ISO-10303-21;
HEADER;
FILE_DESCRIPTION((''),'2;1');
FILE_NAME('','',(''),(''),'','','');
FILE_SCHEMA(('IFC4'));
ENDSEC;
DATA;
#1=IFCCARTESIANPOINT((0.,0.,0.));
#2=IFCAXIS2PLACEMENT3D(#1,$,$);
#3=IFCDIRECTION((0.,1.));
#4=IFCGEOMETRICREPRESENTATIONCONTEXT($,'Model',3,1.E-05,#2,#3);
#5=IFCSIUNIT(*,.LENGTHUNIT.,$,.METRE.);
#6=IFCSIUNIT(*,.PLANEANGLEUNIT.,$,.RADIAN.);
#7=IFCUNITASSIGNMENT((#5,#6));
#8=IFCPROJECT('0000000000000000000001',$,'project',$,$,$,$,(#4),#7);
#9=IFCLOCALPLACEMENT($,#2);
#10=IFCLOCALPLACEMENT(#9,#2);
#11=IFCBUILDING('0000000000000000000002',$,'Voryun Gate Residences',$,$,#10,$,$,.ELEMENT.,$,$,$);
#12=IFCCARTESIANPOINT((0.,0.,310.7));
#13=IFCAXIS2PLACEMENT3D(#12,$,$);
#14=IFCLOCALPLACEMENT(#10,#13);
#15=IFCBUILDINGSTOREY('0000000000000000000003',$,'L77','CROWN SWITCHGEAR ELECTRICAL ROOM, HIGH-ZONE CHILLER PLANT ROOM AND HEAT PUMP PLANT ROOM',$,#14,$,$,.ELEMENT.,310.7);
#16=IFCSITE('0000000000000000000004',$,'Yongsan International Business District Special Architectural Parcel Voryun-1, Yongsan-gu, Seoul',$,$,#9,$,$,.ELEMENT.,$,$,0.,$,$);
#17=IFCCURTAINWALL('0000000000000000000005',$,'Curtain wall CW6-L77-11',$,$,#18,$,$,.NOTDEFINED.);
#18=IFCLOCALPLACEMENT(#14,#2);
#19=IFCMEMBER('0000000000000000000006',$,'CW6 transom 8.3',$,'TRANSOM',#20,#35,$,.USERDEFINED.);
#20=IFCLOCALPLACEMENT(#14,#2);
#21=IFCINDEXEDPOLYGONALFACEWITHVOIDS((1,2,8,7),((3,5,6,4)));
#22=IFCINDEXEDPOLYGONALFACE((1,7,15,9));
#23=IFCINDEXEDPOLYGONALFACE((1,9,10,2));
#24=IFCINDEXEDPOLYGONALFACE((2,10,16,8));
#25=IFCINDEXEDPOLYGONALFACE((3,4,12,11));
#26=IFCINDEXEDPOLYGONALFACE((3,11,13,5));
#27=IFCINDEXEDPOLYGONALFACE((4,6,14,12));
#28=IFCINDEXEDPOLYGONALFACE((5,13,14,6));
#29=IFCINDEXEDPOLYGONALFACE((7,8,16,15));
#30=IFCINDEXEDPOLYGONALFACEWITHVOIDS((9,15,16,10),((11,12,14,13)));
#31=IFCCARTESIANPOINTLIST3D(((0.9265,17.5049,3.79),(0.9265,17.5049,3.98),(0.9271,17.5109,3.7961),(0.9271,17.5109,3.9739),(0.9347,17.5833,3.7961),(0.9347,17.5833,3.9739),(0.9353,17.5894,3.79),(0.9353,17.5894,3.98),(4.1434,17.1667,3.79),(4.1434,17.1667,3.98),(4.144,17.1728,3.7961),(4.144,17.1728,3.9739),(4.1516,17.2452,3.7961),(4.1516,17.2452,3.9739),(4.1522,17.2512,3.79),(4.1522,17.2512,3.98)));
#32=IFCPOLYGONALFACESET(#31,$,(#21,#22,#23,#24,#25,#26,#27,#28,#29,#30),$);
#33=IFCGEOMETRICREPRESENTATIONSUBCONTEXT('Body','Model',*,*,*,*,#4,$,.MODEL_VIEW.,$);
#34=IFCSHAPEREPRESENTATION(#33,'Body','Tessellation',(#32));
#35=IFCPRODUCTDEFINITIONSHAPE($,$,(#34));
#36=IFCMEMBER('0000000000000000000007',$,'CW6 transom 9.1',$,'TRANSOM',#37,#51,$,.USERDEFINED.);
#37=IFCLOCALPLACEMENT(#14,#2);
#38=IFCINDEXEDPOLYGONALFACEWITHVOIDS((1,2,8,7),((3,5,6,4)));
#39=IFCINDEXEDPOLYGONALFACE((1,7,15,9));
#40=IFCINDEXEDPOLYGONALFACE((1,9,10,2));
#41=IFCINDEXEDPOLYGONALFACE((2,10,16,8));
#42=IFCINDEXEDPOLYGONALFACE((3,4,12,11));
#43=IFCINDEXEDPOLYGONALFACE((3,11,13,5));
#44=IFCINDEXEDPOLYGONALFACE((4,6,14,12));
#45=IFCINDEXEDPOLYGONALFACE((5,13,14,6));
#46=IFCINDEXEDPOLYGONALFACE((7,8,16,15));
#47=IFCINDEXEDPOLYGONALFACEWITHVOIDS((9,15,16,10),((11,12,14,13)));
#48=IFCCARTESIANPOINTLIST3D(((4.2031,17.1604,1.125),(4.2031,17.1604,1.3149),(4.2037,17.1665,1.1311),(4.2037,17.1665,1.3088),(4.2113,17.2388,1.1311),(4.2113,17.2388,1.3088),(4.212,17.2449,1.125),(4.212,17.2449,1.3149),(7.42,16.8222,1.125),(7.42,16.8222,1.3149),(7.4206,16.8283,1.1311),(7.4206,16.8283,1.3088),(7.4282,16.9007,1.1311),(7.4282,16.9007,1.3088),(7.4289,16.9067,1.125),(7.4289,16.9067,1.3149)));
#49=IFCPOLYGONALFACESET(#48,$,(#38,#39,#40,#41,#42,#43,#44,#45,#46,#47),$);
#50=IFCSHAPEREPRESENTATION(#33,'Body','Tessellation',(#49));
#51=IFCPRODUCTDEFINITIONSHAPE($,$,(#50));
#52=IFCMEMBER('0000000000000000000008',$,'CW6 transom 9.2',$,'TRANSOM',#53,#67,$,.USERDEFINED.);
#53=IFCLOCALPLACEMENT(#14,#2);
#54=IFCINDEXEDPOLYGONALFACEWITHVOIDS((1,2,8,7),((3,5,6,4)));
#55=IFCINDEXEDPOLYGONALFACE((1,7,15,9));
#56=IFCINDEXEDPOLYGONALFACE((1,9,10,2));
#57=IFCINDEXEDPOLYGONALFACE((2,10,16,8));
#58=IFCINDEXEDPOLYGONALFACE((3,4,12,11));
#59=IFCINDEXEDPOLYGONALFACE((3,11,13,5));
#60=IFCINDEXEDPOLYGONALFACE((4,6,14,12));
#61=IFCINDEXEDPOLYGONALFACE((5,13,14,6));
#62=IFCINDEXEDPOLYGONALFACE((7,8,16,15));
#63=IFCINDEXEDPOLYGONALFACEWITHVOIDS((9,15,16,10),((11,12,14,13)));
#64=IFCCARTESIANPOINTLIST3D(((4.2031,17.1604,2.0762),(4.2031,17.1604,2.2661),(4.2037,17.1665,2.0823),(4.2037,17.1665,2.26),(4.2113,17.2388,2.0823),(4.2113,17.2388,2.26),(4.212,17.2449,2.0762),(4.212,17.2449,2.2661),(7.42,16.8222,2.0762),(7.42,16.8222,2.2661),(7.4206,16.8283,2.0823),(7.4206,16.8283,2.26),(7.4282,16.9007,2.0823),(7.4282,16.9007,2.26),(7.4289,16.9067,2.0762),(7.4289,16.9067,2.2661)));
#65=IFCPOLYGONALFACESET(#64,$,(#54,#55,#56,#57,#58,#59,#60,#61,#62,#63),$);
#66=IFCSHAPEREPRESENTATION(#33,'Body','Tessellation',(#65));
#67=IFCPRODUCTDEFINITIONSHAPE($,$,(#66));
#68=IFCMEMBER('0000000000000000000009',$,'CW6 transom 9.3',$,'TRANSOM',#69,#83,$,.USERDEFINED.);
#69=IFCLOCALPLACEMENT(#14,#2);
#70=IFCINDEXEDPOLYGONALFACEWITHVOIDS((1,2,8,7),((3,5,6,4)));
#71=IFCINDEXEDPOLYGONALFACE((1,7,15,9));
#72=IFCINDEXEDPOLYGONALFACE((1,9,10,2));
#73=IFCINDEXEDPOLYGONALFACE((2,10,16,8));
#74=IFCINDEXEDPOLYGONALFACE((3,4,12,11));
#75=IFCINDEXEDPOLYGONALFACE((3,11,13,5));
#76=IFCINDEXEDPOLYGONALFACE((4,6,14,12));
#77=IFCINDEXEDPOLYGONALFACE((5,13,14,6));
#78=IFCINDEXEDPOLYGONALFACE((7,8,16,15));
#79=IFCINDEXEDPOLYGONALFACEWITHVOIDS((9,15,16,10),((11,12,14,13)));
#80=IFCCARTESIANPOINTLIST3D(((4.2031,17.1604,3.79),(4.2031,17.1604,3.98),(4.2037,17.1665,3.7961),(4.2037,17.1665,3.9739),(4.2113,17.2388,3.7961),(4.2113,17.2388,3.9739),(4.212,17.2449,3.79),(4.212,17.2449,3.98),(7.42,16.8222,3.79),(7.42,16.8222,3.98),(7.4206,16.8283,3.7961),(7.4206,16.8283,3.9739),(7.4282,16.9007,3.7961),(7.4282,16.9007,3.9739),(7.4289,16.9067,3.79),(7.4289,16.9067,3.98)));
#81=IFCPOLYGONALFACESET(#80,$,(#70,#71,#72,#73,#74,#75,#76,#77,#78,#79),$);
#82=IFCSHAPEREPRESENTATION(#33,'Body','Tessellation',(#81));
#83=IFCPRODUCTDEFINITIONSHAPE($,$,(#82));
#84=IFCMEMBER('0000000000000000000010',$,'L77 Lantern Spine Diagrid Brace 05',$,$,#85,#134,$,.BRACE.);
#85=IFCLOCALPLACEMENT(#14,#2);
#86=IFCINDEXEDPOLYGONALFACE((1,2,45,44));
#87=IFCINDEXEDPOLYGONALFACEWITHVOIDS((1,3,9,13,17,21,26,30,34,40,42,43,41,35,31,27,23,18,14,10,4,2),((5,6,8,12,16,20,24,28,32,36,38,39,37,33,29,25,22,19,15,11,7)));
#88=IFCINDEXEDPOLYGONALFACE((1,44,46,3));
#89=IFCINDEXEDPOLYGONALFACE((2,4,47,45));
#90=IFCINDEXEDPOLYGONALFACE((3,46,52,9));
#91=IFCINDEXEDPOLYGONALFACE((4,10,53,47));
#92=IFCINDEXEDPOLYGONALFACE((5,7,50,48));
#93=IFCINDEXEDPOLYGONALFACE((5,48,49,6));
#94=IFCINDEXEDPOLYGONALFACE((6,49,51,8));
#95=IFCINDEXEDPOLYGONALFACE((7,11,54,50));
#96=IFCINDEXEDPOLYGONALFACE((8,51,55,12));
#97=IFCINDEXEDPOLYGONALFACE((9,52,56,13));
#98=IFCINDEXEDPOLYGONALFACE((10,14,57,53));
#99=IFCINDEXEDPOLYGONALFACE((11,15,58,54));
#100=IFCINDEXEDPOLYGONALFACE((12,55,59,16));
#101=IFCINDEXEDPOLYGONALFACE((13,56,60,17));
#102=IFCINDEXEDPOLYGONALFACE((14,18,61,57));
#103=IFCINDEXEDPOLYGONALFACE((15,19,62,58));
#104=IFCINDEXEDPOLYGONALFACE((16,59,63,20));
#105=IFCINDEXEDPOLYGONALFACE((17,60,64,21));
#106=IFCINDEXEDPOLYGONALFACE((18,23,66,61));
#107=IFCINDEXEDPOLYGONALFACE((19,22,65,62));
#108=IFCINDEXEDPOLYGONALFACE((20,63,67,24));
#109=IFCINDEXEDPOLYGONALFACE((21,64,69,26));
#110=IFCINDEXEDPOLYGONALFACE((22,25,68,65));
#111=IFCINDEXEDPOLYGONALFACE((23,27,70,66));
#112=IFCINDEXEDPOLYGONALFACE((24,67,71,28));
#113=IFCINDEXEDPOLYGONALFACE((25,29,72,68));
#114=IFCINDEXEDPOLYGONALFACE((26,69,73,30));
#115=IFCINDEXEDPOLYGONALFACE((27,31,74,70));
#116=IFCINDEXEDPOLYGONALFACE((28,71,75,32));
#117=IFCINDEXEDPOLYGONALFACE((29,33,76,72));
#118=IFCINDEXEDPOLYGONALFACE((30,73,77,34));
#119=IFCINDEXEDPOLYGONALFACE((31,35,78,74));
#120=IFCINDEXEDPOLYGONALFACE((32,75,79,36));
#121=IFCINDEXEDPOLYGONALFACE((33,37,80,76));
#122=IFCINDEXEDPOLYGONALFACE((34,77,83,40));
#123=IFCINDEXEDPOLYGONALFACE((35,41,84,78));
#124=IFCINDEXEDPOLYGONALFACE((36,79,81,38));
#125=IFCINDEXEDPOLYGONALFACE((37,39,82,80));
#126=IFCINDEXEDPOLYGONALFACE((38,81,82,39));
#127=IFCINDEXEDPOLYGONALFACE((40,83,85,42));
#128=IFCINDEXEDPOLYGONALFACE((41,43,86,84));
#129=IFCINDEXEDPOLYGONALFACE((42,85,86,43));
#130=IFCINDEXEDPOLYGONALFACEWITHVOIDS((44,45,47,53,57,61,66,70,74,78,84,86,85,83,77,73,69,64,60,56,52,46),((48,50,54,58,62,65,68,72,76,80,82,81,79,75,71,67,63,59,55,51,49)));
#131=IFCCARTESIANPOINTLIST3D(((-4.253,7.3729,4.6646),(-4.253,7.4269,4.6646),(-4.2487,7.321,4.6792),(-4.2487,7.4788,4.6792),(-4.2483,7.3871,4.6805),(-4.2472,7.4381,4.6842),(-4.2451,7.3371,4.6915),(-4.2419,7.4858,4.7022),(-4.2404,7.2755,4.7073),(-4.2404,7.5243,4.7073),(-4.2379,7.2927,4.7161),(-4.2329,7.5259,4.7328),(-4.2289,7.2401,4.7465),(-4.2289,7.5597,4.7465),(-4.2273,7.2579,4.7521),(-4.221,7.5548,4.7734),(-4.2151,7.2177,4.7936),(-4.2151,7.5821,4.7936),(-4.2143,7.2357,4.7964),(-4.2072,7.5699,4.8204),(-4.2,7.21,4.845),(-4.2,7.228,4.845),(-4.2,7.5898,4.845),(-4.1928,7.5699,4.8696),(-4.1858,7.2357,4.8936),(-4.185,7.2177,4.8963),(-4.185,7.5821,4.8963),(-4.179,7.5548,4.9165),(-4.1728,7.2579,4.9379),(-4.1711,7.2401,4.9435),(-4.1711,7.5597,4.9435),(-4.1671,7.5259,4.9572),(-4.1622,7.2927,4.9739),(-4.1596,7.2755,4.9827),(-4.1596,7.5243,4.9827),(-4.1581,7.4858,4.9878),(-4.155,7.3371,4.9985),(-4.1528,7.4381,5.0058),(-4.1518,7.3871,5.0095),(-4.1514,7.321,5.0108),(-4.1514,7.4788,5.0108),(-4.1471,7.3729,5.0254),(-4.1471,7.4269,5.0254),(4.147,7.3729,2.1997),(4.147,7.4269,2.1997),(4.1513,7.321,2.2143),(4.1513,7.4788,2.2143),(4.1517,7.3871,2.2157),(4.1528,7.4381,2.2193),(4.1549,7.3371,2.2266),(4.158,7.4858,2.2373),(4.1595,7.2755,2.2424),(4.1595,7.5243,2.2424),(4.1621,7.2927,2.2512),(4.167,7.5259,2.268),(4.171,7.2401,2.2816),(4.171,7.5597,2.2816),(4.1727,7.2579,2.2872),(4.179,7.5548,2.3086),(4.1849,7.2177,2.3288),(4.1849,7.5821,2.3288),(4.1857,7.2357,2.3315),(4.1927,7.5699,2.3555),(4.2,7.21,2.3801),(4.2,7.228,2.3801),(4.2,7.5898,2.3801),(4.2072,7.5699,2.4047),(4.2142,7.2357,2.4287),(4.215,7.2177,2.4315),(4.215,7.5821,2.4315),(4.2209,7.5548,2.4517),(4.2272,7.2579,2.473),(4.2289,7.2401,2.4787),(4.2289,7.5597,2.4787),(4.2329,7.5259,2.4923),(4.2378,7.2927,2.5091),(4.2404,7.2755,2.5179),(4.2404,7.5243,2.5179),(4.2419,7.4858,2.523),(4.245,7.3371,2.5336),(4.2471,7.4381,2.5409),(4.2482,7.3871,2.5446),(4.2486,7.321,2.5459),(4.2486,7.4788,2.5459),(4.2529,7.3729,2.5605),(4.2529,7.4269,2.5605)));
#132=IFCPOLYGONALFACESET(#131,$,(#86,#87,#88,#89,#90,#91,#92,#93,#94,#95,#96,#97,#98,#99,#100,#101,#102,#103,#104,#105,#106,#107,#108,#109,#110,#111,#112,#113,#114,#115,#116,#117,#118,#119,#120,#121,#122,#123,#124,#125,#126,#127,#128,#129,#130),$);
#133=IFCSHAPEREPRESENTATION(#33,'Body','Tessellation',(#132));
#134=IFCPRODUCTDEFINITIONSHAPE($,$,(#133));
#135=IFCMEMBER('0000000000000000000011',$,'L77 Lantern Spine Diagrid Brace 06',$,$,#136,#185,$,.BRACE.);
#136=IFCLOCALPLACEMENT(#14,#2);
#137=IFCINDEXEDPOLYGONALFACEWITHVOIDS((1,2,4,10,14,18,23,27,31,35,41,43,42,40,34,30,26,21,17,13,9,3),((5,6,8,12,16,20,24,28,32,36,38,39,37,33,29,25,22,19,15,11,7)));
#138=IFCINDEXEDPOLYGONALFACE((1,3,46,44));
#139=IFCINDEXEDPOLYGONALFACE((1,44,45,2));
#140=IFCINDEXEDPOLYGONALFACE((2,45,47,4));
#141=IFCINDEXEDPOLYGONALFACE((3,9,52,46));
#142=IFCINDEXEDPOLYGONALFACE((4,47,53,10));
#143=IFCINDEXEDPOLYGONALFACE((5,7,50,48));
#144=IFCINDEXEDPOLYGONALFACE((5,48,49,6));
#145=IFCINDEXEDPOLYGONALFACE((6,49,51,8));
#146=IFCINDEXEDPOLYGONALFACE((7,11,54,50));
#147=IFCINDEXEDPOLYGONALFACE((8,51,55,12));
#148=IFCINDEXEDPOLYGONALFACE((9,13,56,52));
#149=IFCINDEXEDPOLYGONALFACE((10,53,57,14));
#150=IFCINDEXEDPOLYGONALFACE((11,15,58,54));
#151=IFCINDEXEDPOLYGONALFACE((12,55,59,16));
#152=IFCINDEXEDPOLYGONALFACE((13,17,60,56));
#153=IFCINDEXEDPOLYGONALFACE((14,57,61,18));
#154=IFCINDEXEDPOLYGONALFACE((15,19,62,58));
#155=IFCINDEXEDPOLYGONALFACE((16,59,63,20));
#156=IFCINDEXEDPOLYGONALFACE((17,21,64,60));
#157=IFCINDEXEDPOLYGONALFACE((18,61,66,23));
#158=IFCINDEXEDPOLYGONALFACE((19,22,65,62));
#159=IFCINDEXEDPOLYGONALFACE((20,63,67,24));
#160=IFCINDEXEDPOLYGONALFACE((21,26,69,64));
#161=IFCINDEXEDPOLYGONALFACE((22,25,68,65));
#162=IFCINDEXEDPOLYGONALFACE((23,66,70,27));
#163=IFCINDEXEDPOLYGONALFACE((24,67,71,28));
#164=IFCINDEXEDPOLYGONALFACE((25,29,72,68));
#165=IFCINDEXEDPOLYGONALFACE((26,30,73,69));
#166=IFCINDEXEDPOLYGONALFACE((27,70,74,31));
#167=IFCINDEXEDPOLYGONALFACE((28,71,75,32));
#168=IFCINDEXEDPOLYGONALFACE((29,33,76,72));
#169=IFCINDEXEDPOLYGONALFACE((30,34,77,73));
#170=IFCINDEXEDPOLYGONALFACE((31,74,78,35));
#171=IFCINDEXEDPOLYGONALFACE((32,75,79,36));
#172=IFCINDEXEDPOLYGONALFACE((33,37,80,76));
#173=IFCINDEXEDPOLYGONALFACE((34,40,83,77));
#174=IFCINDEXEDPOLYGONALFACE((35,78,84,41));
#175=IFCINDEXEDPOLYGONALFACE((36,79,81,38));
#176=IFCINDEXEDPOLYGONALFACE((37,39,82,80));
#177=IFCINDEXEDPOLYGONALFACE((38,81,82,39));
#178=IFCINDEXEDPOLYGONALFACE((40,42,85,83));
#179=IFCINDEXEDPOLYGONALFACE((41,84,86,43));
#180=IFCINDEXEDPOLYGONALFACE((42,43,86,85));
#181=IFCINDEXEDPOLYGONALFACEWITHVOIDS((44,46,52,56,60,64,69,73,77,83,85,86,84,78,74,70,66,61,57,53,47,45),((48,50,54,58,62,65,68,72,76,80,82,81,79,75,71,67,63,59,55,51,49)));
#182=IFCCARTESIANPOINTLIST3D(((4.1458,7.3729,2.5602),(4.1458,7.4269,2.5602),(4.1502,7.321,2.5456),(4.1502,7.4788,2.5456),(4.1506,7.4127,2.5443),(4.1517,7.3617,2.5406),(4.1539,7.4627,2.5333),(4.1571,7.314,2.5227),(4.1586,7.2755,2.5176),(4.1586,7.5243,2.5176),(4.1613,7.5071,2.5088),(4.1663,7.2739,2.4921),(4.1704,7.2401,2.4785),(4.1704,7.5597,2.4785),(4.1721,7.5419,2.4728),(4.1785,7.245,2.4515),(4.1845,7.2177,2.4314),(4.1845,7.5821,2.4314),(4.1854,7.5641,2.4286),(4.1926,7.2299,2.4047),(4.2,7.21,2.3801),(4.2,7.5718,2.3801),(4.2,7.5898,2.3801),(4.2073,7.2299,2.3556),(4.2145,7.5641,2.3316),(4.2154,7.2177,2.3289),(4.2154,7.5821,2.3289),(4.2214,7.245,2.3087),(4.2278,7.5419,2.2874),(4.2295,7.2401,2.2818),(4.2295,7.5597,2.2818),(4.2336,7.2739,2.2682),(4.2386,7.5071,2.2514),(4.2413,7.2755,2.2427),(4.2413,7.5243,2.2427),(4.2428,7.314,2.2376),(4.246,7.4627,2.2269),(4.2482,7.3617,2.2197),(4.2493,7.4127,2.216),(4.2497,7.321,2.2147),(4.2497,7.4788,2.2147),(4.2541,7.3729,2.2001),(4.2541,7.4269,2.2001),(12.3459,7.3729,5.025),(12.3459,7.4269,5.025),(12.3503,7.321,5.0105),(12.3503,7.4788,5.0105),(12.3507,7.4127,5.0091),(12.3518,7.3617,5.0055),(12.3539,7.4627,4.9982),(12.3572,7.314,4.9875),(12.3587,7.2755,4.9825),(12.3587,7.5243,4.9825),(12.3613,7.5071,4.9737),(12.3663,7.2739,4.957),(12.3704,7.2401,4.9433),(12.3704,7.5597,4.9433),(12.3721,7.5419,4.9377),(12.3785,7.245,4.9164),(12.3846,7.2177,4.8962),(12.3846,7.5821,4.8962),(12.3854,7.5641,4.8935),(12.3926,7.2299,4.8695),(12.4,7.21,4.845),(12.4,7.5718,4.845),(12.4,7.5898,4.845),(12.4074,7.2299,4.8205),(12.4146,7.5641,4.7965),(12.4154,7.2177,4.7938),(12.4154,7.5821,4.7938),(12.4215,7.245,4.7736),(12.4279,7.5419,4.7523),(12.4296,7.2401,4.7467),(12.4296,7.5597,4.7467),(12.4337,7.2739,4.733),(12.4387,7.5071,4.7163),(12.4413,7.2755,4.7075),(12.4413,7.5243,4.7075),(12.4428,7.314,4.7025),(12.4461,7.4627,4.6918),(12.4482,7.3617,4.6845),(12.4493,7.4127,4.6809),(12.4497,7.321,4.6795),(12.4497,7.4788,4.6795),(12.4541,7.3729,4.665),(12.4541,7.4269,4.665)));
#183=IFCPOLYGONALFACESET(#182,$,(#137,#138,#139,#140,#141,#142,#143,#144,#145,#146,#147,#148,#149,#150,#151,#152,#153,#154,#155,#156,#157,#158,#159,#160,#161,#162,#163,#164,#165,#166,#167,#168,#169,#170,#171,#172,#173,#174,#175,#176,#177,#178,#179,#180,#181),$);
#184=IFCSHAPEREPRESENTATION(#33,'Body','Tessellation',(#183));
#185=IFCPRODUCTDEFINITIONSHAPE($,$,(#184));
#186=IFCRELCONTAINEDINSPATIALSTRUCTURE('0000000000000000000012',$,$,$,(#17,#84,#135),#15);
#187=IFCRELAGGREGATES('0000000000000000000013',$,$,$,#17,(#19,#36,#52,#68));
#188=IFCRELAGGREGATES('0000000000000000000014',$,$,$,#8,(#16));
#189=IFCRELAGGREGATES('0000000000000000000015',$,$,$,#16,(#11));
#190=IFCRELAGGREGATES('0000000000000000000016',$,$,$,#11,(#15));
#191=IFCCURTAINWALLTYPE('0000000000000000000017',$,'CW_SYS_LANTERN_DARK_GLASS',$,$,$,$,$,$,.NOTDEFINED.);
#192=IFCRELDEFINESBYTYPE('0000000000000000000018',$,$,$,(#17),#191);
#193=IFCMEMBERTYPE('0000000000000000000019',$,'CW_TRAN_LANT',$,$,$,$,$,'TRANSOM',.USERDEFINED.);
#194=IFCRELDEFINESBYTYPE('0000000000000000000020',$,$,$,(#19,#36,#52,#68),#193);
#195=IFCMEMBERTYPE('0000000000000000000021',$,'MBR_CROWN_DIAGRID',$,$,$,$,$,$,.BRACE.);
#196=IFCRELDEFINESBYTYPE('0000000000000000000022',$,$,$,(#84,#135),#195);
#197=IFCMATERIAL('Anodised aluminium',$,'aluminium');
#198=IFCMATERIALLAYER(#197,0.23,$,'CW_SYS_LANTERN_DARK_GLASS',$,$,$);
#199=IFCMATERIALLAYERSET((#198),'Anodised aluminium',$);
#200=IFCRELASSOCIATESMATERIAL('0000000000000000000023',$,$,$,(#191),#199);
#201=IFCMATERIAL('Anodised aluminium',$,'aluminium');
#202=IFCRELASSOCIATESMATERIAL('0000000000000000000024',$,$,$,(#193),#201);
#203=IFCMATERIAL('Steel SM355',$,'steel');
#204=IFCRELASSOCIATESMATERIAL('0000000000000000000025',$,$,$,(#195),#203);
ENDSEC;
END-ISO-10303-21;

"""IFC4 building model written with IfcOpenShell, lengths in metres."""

from ifc_helpers import new_model, si_unit, direction, frame, origin, origin_2d, place, context, subcontext, project, spatial, hollow_rectangle, hollow_circle, extrude, material, layer, layer_set, material_profile, profile_set, type_object, element, aggregate, save


model = new_model("IFC4")

# Units and contexts
model_context = context("Model", 3, precision=1e-05, world=origin(), true_north=direction((0.0, 1.0)))
body_context = subcontext(model_context, "Body", "Model", "MODEL_VIEW")
ifc_project = project(units=[si_unit("LENGTHUNIT", "METRE"), si_unit("PLANEANGLEUNIT", "RADIAN")], contexts=[model_context])

# Site, building, storey
site_placement = place(None, origin())
site = spatial("IfcSite", under=ifc_project, at=site_placement, Name="Yongsan International Business District Special Architectural Parcel Voryun-1, Yongsan-gu, Seoul", CompositionType="ELEMENT", RefElevation=0.0)
building_placement = place(site_placement, origin())
building = spatial("IfcBuilding", under=site, at=building_placement, Name="Voryun Gate Residences", CompositionType="ELEMENT")
storey_placement = place(building_placement, frame((0.0, 0.0, 310.7)))
storey = spatial("IfcBuildingStorey", under=building, at=storey_placement, Name="L77", Description="CROWN SWITCHGEAR ELECTRICAL ROOM, HIGH-ZONE CHILLER PLANT ROOM AND HEAT PUMP PLANT ROOM", CompositionType="ELEMENT", Elevation=310.7)

# Curtain wall, members
ifc_material_1 = material(Name="Anodised aluminium", Category="aluminium")
ifc_layer_1 = layer(ifc_material_1, 0.23, Name="CW_SYS_LANTERN_DARK_GLASS")
ifc_layer_set_1 = layer_set([ifc_layer_1], Name="Anodised aluminium")
curtain_wall_type = type_object("IfcCurtainWallType", Name="CW_SYS_LANTERN_DARK_GLASS", PredefinedType="NOTDEFINED", material=ifc_layer_set_1)
curtain_wall_placement = place(storey_placement, origin())
curtain_wall = element("IfcCurtainWall", 1, at=curtain_wall_placement, inside=storey, type_object=curtain_wall_type, Name="Curtain wall CW6-L77-11", PredefinedType="NOTDEFINED")
ifc_material_2 = material(Name="Anodised aluminium", Category="aluminium")
ifc_material_profile_1 = material_profile(ifc_material_2, hollow_rectangle(XDim=0.085, YDim=0.1899, WallThickness=0.0061, at=origin_2d()), Name="ALU-TRAN-190x85x6")
ifc_profile_set_1 = profile_set([ifc_material_profile_1], Name="Anodised aluminium")
member_type_1 = type_object("IfcMemberType", Name="CW_TRAN_LANT", ElementType="TRANSOM", PredefinedType="USERDEFINED", material=ifc_profile_set_1)
member_1_placement = place(storey_placement, frame((0.9309, 17.5471, 3.885), z_axis=(0.994521, -0.104539, 0.0), x_axis=(0.104539, 0.994521, 0.0)))
member_1 = element("IfcMember", 2, at=member_1_placement, type_object=member_type_1, Name="CW6 transom 8.3", ObjectType="TRANSOM", PredefinedType="USERDEFINED", context=body_context, shape_type="SweptSolid", body=[
    extrude(hollow_rectangle(XDim=0.085, YDim=0.1899, WallThickness=0.0061, at=origin_2d()), origin(), (0.0, 0.0, 1.0), 3.2346),
])
member_2_placement = place(storey_placement, frame((4.2075, 17.2026, 1.22), z_axis=(0.994521, -0.104539, 0.0), x_axis=(0.104539, 0.994521, 0.0)))
member_2 = element("IfcMember", 3, at=member_2_placement, type_object=member_type_1, Name="CW6 transom 9.1", ObjectType="TRANSOM", PredefinedType="USERDEFINED", context=body_context, shape_type="SweptSolid", body=[
    extrude(hollow_rectangle(XDim=0.085, YDim=0.1899, WallThickness=0.0061, at=origin_2d()), origin(), (0.0, 0.0, 1.0), 3.2346),
])
member_3_placement = place(storey_placement, frame((4.2075, 17.2026, 2.1711), z_axis=(0.994521, -0.104539, 0.0), x_axis=(0.104539, 0.994521, 0.0)))
member_3 = element("IfcMember", 4, at=member_3_placement, type_object=member_type_1, Name="CW6 transom 9.2", ObjectType="TRANSOM", PredefinedType="USERDEFINED", context=body_context, shape_type="SweptSolid", body=[
    extrude(hollow_rectangle(XDim=0.085, YDim=0.1899, WallThickness=0.0061, at=origin_2d()), origin(), (0.0, 0.0, 1.0), 3.2346),
])
member_4_placement = place(storey_placement, frame((4.2075, 17.2026, 3.885), z_axis=(0.994521, -0.104539, 0.0), x_axis=(0.104539, 0.994521, 0.0)))
member_4 = element("IfcMember", 5, at=member_4_placement, type_object=member_type_1, Name="CW6 transom 9.3", ObjectType="TRANSOM", PredefinedType="USERDEFINED", context=body_context, shape_type="SweptSolid", body=[
    extrude(hollow_rectangle(XDim=0.085, YDim=0.1899, WallThickness=0.0061, at=origin_2d()), origin(), (0.0, 0.0, 1.0), 3.2346),
])

# Members
ifc_material_3 = material(Name="Steel SM355", Category="steel")
ifc_material_profile_2 = material_profile(ifc_material_3, hollow_circle(Radius=0.1899, WallThickness=0.0181, at=origin_2d()), Name="CHS-380x18")
ifc_profile_set_2 = profile_set([ifc_material_profile_2], Name="Steel SM355")
member_type_2 = type_object("IfcMemberType", Name="MBR_CROWN_DIAGRID", PredefinedType="BRACE", material=ifc_profile_set_2)
member_5_placement = place(storey_placement, frame((4.2, 7.3999, 2.3801), z_axis=(-0.959542, 0.0, 0.281565), x_axis=(0.0, -1.0, 0.0)))
element("IfcMember", 6, at=member_5_placement, inside=storey, type_object=member_type_2, Name="L77 Lantern Spine Diagrid Brace 05", PredefinedType="BRACE", context=body_context, shape_type="SweptSolid", body=[
    extrude(hollow_circle(Radius=0.1899, WallThickness=0.0181, at=origin_2d()), origin(), (0.0, 0.0, 1.0), 8.7542),
])
member_6_placement = place(storey_placement, frame((4.2, 7.3999, 2.3801), z_axis=(0.95767, 0.0, 0.287868), x_axis=(0.0, 1.0, 0.0)))
element("IfcMember", 7, at=member_6_placement, inside=storey, type_object=member_type_2, Name="L77 Lantern Spine Diagrid Brace 06", PredefinedType="BRACE", context=body_context, shape_type="SweptSolid", body=[
    extrude(hollow_circle(Radius=0.1899, WallThickness=0.0181, at=origin_2d()), origin(), (0.0, 0.0, 1.0), 8.5625),
])

aggregate(curtain_wall, [member_1, member_2, member_3, member_4])

save(model, "model.ifc")
